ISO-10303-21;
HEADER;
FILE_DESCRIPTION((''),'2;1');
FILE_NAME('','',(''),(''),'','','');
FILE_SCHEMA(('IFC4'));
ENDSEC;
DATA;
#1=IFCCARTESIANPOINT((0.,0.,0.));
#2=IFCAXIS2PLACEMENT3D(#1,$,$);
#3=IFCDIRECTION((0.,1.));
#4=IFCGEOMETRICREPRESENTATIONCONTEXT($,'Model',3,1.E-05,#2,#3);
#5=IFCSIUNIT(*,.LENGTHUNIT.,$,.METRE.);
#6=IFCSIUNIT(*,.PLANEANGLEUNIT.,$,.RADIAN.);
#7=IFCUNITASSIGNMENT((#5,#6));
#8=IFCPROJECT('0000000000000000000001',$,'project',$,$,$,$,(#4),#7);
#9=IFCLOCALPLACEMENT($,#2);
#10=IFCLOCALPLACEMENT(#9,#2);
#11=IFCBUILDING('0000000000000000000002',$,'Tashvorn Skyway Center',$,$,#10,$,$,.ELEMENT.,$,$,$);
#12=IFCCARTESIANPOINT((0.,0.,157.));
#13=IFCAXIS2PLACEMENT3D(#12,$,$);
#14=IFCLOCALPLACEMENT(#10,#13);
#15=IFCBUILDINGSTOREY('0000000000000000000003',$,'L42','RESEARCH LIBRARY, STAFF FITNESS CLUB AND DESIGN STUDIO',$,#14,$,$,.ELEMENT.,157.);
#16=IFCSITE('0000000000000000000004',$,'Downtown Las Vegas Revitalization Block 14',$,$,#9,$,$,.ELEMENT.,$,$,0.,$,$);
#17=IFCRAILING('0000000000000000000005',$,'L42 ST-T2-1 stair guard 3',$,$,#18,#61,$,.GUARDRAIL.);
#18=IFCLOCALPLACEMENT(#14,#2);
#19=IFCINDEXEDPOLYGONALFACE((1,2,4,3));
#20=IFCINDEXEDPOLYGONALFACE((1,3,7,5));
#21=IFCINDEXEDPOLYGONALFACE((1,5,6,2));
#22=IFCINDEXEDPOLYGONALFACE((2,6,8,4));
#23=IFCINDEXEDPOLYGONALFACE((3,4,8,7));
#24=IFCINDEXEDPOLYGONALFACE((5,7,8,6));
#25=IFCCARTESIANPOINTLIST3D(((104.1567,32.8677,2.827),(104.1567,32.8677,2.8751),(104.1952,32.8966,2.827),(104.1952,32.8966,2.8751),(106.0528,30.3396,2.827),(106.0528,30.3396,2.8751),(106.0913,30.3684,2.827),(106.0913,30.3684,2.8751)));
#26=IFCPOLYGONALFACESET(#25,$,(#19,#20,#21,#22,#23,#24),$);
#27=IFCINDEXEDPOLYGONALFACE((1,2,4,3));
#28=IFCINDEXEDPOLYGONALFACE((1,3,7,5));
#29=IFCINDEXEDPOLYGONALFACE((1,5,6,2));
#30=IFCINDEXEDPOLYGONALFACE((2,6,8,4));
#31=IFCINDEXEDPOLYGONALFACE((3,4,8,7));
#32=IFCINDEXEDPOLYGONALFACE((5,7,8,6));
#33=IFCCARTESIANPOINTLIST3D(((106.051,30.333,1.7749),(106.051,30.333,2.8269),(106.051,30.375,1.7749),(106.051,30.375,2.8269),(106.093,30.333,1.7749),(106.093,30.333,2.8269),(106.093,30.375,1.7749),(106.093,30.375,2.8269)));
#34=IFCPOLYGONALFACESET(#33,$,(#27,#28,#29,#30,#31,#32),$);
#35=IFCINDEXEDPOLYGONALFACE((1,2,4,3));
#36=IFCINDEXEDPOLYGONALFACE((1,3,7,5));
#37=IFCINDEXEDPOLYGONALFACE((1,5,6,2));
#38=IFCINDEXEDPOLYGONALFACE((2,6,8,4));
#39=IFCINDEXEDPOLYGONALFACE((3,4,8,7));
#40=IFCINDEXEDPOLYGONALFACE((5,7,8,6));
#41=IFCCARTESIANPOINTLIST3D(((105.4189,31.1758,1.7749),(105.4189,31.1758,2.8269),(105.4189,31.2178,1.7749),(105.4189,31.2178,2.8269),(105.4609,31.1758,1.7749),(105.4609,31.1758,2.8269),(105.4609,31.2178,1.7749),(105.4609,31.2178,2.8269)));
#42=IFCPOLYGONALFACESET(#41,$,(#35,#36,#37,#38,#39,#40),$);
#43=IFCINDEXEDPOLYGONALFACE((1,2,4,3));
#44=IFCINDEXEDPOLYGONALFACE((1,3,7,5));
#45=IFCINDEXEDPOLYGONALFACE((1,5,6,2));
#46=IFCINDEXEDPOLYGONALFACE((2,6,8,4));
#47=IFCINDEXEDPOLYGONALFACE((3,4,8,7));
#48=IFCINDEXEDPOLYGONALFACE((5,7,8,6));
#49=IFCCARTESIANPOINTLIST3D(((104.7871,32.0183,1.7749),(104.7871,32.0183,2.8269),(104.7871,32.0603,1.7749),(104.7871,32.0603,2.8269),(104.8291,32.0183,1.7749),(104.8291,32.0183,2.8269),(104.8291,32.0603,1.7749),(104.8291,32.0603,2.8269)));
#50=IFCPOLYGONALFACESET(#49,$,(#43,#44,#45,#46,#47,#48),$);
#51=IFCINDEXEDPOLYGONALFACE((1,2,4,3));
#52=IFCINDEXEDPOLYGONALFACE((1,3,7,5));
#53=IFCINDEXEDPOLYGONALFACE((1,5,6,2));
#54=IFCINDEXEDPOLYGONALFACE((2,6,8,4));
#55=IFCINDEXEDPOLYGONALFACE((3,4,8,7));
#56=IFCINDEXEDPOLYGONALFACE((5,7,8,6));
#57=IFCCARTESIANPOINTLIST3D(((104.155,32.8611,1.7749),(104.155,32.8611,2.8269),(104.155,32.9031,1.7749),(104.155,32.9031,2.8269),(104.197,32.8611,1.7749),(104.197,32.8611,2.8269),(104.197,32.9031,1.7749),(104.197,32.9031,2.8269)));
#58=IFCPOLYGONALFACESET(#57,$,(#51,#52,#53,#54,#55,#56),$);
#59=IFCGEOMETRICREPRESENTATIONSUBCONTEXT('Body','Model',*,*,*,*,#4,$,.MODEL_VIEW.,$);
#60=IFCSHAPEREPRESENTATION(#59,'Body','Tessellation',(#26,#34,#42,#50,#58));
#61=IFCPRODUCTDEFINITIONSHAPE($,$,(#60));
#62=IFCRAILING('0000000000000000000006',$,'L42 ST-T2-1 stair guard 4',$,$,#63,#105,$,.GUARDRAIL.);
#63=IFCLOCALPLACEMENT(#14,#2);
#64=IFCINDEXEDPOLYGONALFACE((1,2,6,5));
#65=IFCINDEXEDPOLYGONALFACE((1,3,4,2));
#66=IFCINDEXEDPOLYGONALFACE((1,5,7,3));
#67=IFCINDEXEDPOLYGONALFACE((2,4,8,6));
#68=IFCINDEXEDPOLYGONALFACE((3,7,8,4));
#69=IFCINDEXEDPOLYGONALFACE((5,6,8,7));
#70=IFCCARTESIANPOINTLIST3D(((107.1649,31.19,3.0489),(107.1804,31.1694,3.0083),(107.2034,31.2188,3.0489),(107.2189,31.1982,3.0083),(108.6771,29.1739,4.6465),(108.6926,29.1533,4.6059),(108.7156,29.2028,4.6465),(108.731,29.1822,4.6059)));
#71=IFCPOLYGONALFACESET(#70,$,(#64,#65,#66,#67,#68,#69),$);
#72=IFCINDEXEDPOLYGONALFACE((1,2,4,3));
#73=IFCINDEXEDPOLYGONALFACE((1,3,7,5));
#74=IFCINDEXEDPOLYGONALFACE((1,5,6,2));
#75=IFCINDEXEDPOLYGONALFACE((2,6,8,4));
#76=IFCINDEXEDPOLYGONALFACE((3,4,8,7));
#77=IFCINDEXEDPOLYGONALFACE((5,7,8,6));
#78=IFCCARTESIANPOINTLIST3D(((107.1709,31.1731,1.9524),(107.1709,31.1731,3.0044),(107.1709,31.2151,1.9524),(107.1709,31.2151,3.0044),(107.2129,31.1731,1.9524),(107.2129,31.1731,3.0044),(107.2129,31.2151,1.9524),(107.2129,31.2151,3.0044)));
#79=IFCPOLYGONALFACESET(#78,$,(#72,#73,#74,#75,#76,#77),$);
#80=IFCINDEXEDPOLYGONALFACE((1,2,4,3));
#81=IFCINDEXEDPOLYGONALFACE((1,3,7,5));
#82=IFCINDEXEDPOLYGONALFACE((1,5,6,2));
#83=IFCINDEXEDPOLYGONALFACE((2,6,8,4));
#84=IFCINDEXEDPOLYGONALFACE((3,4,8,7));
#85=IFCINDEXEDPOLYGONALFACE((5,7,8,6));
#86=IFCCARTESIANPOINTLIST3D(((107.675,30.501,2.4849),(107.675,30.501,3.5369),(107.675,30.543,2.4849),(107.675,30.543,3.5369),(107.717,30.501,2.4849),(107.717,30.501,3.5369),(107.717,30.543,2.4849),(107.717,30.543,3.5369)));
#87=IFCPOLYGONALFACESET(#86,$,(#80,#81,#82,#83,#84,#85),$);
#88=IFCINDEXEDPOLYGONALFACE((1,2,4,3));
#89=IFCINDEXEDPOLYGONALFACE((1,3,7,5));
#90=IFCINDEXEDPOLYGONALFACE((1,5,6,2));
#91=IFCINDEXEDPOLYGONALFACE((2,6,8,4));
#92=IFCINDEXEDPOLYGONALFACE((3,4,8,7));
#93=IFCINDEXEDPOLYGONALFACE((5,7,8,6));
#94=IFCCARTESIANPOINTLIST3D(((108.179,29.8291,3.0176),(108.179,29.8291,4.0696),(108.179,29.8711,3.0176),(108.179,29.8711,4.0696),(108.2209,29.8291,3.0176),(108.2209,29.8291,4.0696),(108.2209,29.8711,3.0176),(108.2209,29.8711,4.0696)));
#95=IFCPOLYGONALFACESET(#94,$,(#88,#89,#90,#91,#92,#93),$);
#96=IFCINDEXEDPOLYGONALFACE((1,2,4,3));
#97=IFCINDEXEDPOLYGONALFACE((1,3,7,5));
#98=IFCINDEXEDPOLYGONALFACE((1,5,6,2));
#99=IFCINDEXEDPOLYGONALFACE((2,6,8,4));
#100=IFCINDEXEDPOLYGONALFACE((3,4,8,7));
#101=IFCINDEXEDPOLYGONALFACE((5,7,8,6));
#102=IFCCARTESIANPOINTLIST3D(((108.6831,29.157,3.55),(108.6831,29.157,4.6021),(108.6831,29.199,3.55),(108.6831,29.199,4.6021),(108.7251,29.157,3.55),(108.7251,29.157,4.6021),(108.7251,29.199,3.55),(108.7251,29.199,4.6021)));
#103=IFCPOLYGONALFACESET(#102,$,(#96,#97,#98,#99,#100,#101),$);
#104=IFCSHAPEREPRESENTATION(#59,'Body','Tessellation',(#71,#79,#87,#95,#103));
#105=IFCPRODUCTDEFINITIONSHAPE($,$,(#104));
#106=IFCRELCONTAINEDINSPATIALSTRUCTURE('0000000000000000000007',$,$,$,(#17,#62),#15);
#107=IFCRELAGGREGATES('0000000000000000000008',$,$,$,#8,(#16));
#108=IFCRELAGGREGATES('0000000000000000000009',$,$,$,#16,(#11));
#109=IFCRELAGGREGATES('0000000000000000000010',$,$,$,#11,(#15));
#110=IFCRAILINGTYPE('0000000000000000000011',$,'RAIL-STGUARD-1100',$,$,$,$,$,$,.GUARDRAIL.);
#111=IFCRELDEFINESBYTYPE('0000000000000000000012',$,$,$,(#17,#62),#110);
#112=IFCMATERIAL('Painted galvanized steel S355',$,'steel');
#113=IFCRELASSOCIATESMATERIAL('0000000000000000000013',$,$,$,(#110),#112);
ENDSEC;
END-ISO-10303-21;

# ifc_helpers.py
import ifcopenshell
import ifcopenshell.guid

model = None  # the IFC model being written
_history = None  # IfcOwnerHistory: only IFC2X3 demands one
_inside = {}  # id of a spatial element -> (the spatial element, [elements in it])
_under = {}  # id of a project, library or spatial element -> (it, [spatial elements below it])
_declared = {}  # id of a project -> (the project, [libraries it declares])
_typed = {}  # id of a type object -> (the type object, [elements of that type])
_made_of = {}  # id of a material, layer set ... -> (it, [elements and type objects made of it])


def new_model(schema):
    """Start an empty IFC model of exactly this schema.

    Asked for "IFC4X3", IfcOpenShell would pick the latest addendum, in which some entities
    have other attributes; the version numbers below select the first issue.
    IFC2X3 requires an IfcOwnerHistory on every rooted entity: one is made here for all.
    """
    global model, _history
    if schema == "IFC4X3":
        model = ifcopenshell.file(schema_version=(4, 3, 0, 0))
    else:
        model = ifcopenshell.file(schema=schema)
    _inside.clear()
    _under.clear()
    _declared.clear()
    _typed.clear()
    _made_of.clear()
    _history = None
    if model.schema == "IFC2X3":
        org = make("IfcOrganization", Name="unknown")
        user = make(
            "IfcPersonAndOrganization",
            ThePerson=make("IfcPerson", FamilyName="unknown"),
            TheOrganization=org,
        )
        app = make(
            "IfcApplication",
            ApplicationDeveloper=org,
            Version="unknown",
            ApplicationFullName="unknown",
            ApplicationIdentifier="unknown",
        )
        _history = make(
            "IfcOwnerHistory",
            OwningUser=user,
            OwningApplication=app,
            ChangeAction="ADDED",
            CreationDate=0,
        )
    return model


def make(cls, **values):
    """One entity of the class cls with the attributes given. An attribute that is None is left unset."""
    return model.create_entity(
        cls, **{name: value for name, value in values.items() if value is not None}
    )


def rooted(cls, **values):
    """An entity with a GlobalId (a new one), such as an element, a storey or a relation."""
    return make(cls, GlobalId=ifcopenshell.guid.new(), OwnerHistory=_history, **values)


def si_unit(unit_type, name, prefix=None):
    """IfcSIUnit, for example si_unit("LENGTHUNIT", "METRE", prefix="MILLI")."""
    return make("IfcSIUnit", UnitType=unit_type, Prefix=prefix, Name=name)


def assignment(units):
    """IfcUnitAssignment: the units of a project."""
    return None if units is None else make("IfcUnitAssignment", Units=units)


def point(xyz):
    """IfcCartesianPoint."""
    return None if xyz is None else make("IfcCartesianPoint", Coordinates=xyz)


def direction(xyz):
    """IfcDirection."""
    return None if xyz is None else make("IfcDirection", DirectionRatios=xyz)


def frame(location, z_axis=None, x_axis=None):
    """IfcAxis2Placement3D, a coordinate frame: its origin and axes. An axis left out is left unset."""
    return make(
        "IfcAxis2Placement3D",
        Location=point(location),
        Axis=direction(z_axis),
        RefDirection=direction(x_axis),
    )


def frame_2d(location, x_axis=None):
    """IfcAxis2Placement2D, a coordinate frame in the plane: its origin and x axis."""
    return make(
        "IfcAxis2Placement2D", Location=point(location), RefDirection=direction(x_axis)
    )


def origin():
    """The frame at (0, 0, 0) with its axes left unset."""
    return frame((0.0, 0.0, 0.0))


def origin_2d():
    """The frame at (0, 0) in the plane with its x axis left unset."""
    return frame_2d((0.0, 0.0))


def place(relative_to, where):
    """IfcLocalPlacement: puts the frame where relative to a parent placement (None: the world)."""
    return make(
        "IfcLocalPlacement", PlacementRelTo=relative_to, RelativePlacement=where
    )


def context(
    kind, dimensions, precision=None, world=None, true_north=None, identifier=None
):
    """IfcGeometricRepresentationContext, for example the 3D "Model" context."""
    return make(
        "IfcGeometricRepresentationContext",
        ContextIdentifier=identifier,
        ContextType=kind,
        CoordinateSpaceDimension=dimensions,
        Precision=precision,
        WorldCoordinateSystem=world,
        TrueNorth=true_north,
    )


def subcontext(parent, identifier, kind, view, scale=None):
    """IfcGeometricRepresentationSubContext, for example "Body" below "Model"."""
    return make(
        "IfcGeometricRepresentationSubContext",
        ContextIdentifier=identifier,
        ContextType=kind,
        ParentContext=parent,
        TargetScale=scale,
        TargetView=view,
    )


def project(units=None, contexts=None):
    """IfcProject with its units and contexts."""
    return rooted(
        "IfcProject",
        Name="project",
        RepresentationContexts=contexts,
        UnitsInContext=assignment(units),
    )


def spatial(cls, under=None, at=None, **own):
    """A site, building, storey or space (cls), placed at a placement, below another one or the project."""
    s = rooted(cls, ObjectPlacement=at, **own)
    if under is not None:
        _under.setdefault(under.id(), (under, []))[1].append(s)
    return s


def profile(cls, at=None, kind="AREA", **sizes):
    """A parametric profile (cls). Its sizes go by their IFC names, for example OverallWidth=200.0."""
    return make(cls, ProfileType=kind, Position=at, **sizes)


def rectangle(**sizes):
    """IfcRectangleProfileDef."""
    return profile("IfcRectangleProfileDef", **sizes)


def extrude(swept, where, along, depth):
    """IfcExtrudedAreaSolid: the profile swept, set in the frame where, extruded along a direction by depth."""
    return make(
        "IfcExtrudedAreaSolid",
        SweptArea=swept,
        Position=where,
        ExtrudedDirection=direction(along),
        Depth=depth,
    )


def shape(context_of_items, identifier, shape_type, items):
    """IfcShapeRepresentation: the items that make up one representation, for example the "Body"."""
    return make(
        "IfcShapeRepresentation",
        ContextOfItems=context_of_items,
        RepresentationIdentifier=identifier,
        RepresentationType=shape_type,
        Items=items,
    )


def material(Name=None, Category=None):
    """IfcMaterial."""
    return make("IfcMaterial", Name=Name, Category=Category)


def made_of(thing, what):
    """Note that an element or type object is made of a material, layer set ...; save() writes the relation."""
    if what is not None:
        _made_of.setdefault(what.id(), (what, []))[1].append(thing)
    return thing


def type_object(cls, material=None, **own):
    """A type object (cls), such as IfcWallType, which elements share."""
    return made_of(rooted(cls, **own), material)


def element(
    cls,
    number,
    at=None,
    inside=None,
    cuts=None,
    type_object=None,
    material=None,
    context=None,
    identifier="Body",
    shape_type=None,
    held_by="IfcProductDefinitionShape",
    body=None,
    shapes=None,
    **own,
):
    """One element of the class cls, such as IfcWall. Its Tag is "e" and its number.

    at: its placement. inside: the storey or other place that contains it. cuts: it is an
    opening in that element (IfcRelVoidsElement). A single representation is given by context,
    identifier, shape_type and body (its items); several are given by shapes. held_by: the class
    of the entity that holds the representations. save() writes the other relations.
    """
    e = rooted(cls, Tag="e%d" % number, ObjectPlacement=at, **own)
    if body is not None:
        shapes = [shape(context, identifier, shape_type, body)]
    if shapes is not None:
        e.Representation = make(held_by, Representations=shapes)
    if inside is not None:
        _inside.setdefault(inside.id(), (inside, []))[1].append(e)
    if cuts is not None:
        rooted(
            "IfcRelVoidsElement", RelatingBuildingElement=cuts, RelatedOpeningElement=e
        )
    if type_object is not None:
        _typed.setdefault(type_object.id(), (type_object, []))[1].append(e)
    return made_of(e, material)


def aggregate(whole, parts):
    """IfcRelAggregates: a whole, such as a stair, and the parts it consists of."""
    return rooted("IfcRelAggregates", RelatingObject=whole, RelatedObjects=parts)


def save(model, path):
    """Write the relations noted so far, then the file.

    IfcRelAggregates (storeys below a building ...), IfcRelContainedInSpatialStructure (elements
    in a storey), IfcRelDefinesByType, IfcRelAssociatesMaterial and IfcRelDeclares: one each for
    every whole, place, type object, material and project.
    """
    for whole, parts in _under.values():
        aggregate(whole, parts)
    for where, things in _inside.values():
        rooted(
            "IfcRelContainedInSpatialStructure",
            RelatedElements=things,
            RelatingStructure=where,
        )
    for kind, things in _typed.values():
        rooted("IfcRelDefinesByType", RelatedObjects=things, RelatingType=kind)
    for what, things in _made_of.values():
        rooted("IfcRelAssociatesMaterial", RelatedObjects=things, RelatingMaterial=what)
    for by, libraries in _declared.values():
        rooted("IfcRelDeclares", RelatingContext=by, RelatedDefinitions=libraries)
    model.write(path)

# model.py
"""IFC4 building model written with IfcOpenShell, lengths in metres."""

from ifc_helpers import new_model, si_unit, direction, frame, origin, origin_2d, place, context, subcontext, project, spatial, rectangle, extrude, material, type_object, element, save


model = new_model("IFC4")

# Units and contexts
model_context = context("Model", 3, precision=1e-05, world=origin(), true_north=direction((0.0, 1.0)))
body_context = subcontext(model_context, "Body", "Model", "MODEL_VIEW")
ifc_project = project(units=[si_unit("LENGTHUNIT", "METRE"), si_unit("PLANEANGLEUNIT", "RADIAN")], contexts=[model_context])

# Site, building, storey
site_placement = place(None, origin())
site = spatial("IfcSite", under=ifc_project, at=site_placement, Name="Downtown Las Vegas Revitalization Block 14", CompositionType="ELEMENT", RefElevation=0.0)
building_placement = place(site_placement, origin())
building = spatial("IfcBuilding", under=site, at=building_placement, Name="Tashvorn Skyway Center", CompositionType="ELEMENT")
storey_placement = place(building_placement, frame((0.0, 0.0, 157.0)))
storey = spatial("IfcBuildingStorey", under=building, at=storey_placement, Name="L42", Description="RESEARCH LIBRARY, STAFF FITNESS CLUB AND DESIGN STUDIO", CompositionType="ELEMENT", Elevation=157.0)

# Railings
ifc_material_1 = material(Name="Painted galvanized steel S355", Category="steel")
railing_type_1 = type_object("IfcRailingType", Name="RAIL-STGUARD-1100", PredefinedType="GUARDRAIL", material=ifc_material_1)
railing_1_placement = place(storey_placement, frame((106.072, 30.354, 1.7749)))
element("IfcRailing", 1, at=railing_1_placement, inside=storey, type_object=railing_type_1, Name="L42 ST-T2-1 stair guard 3", PredefinedType="GUARDRAIL", context=body_context, shape_type="SweptSolid", body=[
    extrude(rectangle(XDim=0.0481, YDim=0.0481, at=origin_2d()), frame((0.0, 0.0, 1.0762), z_axis=(-0.599988, 0.800009, 0.0), x_axis=(-0.800009, -0.599988, 0.0)), (0.0, 0.0, 1.0), 3.1602),
    extrude(rectangle(XDim=0.042, YDim=0.042, at=origin_2d()), origin(), (0.0, 0.0, 1.0), 1.052),
    extrude(rectangle(XDim=0.042, YDim=0.042, at=origin_2d()), frame((-0.6321, 0.8428, 0.0)), (0.0, 0.0, 1.0), 1.052),
    extrude(rectangle(XDim=0.042, YDim=0.042, at=origin_2d()), frame((-1.2639, 1.6853, 0.0)), (0.0, 0.0, 1.0), 1.052),
    extrude(rectangle(XDim=0.042, YDim=0.042, at=origin_2d()), frame((-1.896, 2.5281, 0.0)), (0.0, 0.0, 1.0), 1.052),
])
railing_2_placement = place(storey_placement, frame((107.1919, 31.1941, 1.9524)))
element("IfcRailing", 2, at=railing_2_placement, inside=storey, type_object=railing_type_1, Name="L42 ST-T2-1 stair guard 4", PredefinedType="GUARDRAIL", context=body_context, shape_type="SweptSolid", body=[
    extrude(rectangle(XDim=0.0481, YDim=0.0481, at=origin_2d()), frame((0.0, 0.0, 1.0762), z_axis=(0.506779, -0.675651, 0.535416), x_axis=(0.799977, 0.600031, 0.0)), (0.0, 0.0, 1.0), 2.9839),
    extrude(rectangle(XDim=0.042, YDim=0.042, at=origin_2d()), origin(), (0.0, 0.0, 1.0), 1.052),
    extrude(rectangle(XDim=0.042, YDim=0.042, at=origin_2d()), frame((0.5042, -0.6721, 0.5325)), (0.0, 0.0, 1.0), 1.052),
    extrude(rectangle(XDim=0.042, YDim=0.042, at=origin_2d()), frame((1.0081, -1.344, 1.0652)), (0.0, 0.0, 1.0), 1.052),
    extrude(rectangle(XDim=0.042, YDim=0.042, at=origin_2d()), frame((1.5122, -2.0161, 1.5977)), (0.0, 0.0, 1.0), 1.052),
])

save(model, "model.ifc")
